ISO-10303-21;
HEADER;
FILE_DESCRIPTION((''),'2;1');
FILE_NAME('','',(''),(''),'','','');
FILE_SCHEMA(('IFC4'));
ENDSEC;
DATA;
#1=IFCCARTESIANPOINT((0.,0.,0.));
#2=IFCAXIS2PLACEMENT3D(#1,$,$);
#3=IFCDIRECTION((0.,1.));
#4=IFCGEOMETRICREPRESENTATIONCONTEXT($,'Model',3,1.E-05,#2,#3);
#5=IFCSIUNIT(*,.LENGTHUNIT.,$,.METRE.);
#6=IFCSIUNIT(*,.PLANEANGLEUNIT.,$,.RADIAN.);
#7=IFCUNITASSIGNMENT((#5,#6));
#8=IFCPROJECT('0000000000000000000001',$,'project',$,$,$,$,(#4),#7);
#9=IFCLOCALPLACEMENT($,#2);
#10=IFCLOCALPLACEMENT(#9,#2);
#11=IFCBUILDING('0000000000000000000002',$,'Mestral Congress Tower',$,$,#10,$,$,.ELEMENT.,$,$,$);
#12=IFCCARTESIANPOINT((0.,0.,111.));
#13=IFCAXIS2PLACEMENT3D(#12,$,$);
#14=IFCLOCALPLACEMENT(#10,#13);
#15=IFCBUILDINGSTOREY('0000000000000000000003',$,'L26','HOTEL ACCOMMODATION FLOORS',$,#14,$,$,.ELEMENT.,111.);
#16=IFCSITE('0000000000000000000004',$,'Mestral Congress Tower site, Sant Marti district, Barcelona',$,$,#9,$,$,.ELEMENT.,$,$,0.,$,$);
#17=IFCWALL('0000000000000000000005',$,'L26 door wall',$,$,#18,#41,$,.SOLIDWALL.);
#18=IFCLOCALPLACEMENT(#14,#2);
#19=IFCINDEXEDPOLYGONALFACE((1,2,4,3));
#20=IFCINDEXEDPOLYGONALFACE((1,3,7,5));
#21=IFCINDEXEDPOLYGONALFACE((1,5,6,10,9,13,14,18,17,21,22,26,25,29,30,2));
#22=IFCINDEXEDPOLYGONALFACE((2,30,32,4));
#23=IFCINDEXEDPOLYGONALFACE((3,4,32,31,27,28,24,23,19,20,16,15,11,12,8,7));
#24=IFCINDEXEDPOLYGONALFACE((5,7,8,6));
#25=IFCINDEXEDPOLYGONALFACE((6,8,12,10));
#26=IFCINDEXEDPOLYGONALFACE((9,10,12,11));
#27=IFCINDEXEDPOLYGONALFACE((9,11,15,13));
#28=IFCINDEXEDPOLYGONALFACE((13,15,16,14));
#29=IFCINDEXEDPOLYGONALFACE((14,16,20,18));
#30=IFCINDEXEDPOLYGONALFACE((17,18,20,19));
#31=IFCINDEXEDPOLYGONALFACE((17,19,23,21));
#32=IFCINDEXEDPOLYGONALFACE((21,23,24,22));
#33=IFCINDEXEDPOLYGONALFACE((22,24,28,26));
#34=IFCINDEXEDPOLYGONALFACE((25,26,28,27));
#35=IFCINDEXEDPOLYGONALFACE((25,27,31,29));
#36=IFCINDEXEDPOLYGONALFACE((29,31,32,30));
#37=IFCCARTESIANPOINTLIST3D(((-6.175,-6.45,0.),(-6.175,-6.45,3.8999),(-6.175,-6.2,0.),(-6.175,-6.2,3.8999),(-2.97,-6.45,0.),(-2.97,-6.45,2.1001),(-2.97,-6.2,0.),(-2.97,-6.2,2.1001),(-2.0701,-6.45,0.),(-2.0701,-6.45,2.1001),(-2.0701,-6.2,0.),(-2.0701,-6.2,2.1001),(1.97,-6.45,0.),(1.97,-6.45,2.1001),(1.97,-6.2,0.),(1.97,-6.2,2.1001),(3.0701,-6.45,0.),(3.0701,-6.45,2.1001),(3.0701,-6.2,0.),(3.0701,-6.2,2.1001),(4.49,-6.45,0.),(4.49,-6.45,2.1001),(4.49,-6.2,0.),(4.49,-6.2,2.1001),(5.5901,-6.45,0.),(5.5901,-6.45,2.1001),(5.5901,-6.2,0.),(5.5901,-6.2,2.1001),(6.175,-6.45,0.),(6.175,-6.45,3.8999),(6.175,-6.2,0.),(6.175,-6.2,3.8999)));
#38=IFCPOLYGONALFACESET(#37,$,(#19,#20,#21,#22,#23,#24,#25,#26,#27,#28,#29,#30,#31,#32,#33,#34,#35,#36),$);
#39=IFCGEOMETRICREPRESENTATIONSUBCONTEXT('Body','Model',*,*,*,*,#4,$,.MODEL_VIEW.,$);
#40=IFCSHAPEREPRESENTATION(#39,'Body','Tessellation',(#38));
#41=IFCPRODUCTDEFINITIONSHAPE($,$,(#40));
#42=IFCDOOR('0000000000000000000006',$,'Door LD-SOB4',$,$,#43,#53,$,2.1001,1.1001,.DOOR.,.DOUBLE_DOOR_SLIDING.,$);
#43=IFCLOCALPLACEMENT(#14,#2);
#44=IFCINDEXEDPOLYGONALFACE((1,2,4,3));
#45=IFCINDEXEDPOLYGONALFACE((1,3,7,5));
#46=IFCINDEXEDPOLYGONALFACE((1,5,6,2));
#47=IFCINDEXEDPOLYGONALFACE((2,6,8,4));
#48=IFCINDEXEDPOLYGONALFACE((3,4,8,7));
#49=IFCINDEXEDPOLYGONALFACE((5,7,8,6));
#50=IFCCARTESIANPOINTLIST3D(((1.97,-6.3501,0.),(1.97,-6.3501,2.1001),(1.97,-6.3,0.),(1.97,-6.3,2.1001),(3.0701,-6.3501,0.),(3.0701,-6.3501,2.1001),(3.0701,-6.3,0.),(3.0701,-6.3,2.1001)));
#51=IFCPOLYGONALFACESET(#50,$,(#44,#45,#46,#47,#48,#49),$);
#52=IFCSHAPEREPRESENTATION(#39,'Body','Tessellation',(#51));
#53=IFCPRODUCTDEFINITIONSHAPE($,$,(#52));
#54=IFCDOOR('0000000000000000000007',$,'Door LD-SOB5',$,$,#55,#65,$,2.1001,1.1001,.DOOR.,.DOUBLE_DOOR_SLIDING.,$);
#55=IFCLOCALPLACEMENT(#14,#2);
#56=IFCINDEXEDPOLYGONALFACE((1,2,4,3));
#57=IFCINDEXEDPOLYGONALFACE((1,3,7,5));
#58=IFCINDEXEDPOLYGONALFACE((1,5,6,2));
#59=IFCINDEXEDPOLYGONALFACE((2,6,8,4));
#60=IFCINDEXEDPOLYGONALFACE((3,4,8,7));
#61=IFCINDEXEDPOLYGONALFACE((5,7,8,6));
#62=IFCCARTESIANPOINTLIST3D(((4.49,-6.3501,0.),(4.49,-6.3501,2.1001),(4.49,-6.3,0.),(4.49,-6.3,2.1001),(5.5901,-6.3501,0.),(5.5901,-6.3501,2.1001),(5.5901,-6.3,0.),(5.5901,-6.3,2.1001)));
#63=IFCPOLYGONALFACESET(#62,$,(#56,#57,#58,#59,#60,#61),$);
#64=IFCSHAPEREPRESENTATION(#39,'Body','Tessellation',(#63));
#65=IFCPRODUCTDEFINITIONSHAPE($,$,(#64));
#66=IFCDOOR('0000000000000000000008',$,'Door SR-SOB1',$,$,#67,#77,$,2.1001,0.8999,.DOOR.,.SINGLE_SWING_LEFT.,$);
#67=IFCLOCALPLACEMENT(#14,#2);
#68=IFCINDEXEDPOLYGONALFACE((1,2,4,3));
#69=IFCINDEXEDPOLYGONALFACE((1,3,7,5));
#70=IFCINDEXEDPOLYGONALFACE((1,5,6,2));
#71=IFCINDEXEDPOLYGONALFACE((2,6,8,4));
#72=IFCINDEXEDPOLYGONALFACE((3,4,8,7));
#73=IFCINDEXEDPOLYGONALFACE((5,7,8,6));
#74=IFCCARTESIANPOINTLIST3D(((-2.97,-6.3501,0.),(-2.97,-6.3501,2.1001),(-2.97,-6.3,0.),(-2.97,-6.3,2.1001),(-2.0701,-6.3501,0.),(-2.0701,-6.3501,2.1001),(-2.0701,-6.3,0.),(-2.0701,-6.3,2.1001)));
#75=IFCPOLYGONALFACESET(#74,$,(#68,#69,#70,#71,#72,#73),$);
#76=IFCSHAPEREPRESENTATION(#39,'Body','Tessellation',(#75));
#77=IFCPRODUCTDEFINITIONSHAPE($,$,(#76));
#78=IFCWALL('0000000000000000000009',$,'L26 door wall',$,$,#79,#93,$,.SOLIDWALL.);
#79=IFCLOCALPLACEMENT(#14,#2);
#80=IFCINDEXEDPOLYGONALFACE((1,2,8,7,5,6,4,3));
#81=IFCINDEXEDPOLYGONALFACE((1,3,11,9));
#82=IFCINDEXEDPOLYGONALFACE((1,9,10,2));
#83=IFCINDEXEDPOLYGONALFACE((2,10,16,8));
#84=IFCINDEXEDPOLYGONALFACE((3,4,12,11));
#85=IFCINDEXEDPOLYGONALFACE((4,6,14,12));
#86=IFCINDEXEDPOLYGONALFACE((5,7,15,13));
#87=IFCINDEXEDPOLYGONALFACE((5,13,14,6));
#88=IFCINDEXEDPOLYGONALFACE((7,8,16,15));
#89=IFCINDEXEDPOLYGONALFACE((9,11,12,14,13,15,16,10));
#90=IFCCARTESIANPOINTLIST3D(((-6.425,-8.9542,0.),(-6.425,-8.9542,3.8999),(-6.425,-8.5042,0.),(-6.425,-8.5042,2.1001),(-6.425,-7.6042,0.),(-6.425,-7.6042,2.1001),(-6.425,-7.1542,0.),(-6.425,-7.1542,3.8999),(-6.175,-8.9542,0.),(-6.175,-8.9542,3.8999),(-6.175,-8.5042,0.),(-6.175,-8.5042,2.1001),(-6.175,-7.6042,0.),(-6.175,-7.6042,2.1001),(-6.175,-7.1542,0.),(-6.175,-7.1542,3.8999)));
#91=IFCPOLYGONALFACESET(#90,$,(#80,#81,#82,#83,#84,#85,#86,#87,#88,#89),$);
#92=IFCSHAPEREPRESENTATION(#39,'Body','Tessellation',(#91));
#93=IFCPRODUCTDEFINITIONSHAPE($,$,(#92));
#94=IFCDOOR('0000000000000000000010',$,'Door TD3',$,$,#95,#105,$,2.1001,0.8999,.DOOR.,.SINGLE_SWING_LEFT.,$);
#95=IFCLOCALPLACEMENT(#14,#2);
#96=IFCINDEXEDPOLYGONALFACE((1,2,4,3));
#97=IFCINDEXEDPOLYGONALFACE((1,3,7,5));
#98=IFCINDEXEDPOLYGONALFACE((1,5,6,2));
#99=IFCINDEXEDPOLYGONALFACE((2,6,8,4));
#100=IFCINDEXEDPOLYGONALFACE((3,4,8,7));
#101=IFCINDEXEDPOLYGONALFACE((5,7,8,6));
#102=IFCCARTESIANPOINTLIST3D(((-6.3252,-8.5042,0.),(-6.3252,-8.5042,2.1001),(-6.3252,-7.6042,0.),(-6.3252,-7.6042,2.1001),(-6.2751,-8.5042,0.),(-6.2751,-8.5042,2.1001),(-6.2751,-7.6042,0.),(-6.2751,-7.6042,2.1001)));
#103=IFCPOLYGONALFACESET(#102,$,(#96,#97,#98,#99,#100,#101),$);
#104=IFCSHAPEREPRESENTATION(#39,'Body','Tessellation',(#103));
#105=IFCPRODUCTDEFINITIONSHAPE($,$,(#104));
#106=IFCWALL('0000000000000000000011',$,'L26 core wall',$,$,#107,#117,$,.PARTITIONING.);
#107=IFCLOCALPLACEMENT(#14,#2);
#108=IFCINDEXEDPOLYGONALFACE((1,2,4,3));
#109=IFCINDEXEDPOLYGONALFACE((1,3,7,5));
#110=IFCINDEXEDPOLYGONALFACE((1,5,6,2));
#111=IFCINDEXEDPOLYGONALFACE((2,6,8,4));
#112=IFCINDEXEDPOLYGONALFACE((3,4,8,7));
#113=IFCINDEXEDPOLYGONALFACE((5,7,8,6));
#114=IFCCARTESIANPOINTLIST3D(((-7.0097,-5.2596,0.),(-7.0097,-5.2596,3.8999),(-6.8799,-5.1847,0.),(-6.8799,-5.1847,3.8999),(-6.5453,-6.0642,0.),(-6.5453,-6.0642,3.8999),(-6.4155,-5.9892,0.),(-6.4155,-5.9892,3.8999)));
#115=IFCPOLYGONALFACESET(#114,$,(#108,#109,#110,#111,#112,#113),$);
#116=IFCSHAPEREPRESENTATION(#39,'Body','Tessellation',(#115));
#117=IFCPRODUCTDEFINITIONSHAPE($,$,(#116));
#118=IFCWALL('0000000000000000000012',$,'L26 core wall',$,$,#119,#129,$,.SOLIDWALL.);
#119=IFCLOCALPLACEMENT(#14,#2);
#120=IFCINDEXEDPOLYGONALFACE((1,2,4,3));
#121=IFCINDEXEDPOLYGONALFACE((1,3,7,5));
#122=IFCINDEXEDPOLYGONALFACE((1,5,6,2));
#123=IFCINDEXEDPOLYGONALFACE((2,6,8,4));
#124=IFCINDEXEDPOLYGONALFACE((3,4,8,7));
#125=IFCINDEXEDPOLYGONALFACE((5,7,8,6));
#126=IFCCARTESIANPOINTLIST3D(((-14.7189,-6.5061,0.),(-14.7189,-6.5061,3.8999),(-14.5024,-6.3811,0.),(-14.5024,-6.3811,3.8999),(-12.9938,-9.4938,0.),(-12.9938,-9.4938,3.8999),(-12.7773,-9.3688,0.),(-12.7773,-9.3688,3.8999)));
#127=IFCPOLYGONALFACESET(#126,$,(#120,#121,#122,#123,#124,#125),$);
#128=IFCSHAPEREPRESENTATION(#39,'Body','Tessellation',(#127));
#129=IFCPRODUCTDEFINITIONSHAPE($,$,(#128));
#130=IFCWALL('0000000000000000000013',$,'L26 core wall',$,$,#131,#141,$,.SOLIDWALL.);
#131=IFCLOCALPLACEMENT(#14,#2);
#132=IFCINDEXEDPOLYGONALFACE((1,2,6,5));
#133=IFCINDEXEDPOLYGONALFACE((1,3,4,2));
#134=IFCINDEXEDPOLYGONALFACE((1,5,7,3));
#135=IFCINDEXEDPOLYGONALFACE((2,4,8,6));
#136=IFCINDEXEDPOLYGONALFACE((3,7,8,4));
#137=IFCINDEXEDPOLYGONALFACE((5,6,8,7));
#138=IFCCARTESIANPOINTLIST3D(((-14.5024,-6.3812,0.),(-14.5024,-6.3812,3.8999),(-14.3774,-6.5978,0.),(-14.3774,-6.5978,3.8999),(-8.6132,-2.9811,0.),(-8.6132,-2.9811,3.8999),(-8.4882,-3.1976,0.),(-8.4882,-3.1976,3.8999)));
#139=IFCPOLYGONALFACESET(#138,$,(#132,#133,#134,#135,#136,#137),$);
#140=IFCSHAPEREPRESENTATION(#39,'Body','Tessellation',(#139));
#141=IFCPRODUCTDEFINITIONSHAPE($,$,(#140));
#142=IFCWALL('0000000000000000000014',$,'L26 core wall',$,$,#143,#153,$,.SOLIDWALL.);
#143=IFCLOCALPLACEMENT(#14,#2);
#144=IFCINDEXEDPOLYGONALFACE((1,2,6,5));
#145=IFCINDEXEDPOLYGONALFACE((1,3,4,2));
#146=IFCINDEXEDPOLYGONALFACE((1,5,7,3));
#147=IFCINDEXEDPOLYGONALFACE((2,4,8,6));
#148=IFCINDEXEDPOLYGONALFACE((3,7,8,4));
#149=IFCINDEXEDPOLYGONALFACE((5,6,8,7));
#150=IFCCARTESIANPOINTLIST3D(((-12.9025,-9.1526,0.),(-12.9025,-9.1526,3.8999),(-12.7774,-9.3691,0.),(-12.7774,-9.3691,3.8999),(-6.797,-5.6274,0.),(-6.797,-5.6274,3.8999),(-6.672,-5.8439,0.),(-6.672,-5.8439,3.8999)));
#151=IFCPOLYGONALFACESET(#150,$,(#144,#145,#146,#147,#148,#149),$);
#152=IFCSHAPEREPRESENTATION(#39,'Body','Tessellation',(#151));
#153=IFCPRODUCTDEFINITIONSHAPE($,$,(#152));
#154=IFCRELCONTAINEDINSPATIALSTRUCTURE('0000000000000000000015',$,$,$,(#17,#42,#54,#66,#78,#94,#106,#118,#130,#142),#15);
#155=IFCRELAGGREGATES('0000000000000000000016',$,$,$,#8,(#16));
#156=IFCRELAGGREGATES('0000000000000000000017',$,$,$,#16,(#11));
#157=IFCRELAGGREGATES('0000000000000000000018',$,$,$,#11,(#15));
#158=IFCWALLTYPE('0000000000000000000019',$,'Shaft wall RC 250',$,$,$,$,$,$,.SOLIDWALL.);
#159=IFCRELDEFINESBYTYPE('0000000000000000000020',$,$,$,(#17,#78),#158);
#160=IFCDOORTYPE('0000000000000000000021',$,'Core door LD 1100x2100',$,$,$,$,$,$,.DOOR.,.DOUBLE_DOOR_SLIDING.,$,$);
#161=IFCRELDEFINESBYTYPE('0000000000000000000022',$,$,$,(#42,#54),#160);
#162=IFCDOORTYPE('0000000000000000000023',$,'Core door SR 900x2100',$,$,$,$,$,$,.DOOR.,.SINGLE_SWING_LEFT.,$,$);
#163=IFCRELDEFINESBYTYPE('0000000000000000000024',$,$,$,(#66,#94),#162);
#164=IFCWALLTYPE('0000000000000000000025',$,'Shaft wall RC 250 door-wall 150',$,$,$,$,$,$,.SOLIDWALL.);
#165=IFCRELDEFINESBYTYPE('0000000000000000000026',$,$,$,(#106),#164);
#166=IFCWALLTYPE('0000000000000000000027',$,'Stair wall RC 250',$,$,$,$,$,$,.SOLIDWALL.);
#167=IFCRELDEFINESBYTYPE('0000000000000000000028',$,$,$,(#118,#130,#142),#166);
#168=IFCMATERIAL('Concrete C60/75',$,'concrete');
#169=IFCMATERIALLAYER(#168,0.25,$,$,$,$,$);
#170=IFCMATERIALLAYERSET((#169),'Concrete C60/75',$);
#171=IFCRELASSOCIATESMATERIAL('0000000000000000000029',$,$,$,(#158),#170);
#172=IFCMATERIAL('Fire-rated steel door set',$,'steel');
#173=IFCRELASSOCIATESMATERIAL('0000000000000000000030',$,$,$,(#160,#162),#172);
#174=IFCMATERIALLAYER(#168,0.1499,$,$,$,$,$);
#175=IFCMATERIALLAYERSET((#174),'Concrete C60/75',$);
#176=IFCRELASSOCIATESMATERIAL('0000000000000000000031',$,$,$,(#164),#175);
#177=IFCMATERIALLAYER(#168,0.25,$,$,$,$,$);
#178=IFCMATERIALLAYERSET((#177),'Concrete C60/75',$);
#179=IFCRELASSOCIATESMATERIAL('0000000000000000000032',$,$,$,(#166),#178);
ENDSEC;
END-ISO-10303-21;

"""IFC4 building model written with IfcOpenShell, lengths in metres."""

from ifc_helpers import new_model, si_unit, direction, frame, frame_2d, origin, place, context, subcontext, project, spatial, rectangle, extrude, material, layer, layer_set, type_object, element, fill, save


model = new_model("IFC4")

# Units and contexts
model_context = context("Model", 3, precision=1e-05, world=origin(), true_north=direction((0.0, 1.0)))
body_context = subcontext(model_context, "Body", "Model", "MODEL_VIEW")
ifc_project = project(units=[si_unit("LENGTHUNIT", "METRE"), si_unit("PLANEANGLEUNIT", "RADIAN")], contexts=[model_context])

# Site, building, storey
site_placement = place(None, origin())
site = spatial("IfcSite", under=ifc_project, at=site_placement, Name="Mestral Congress Tower site, Sant Marti district, Barcelona", CompositionType="ELEMENT", RefElevation=0.0)
building_placement = place(site_placement, origin())
building = spatial("IfcBuilding", under=site, at=building_placement, Name="Mestral Congress Tower", CompositionType="ELEMENT")
storey_placement = place(building_placement, frame((0.0, 0.0, 111.0)))
storey = spatial("IfcBuildingStorey", under=building, at=storey_placement, Name="L26", Description="HOTEL ACCOMMODATION FLOORS", CompositionType="ELEMENT", Elevation=111.0)

# Shared definitions
ifc_material_1 = material(Name="Concrete C60/75", Category="concrete")

# Wall, openings, doors
ifc_layer_1 = layer(ifc_material_1, 0.25)
ifc_layer_set_1 = layer_set([ifc_layer_1], Name="Concrete C60/75")
wall_type_1 = type_object("IfcWallType", Name="Shaft wall RC 250", PredefinedType="SOLIDWALL", material=ifc_layer_set_1)
ifc_material_2 = material(Name="Fire-rated steel door set", Category="steel")
door_type_1 = type_object("IfcDoorType", Name="Core door LD 1100x2100", OperationType="DOUBLE_DOOR_SLIDING", PredefinedType="DOOR", material=ifc_material_2)
wall_1_placement = place(storey_placement, frame((-6.175, -6.325, 0.0), z_axis=(0.0, 0.0, 1.0), x_axis=(1.0, 0.0, 0.0)))
wall_1 = element("IfcWall", 1, at=wall_1_placement, inside=storey, type_object=wall_type_1, Name="L26 door wall", PredefinedType="SOLIDWALL", context=body_context, shape_type="SweptSolid", body=[
    extrude(rectangle(XDim=12.3501, YDim=0.25, at=frame_2d((6.175, 0.0))), origin(), (0.0, 0.0, 1.0), 3.8999),
])
opening_1_placement = place(wall_1_placement, frame((3.2051, 0.0, 0.0)))
opening_1 = element("IfcOpeningElement", 2, at=opening_1_placement, cuts=wall_1, PredefinedType="OPENING", context=body_context, shape_type="SweptSolid", body=[
    extrude(rectangle(XDim=0.8999, YDim=2.1001, at=frame_2d((0.45, 1.05))), frame((0.0, 0.135, 0.0), z_axis=(0.0, -1.0, 0.0), x_axis=(1.0, 0.0, 0.0)), (0.0, 0.0, 1.0), 0.27),
])
opening_2_placement = place(wall_1_placement, frame((8.145, 0.0, 0.0)))
opening_2 = element("IfcOpeningElement", 3, at=opening_2_placement, cuts=wall_1, PredefinedType="OPENING", context=body_context, shape_type="SweptSolid", body=[
    extrude(rectangle(XDim=1.1001, YDim=2.1001, at=frame_2d((0.55, 1.05))), frame((0.0, 0.135, 0.0), z_axis=(0.0, -1.0, 0.0), x_axis=(1.0, 0.0, 0.0)), (0.0, 0.0, 1.0), 0.27),
])
opening_3_placement = place(wall_1_placement, frame((10.665, 0.0, 0.0)))
opening_3 = element("IfcOpeningElement", 4, at=opening_3_placement, cuts=wall_1, PredefinedType="OPENING", context=body_context, shape_type="SweptSolid", body=[
    extrude(rectangle(XDim=1.1001, YDim=2.1001, at=frame_2d((0.55, 1.05))), frame((0.0, 0.135, 0.0), z_axis=(0.0, -1.0, 0.0), x_axis=(1.0, 0.0, 0.0)), (0.0, 0.0, 1.0), 0.27),
])
door_1_placement = place(opening_2_placement, origin())
door_1 = element("IfcDoor", 5, at=door_1_placement, inside=storey, type_object=door_type_1, Name="Door LD-SOB4", OperationType="DOUBLE_DOOR_SLIDING", OverallHeight=2.1001, OverallWidth=1.1001, PredefinedType="DOOR", context=body_context, shape_type="SweptSolid", body=[
    extrude(rectangle(XDim=1.1001, YDim=2.1001, at=frame_2d((0.55, 1.05))), frame((0.0, 0.0249, 0.0), z_axis=(0.0, -1.0, 0.0), x_axis=(1.0, 0.0, 0.0)), (0.0, 0.0, 1.0), 0.05),
])
fill(opening_2, door_1)
door_2_placement = place(opening_3_placement, origin())
door_2 = element("IfcDoor", 6, at=door_2_placement, inside=storey, type_object=door_type_1, Name="Door LD-SOB5", OperationType="DOUBLE_DOOR_SLIDING", OverallHeight=2.1001, OverallWidth=1.1001, PredefinedType="DOOR", context=body_context, shape_type="SweptSolid", body=[
    extrude(rectangle(XDim=1.1001, YDim=2.1001, at=frame_2d((0.55, 1.05))), frame((0.0, 0.0249, 0.0), z_axis=(0.0, -1.0, 0.0), x_axis=(1.0, 0.0, 0.0)), (0.0, 0.0, 1.0), 0.05),
])
fill(opening_3, door_2)
door_type_2 = type_object("IfcDoorType", Name="Core door SR 900x2100", OperationType="SINGLE_SWING_LEFT", PredefinedType="DOOR", material=ifc_material_2)
door_3_placement = place(opening_1_placement, origin())
door_3 = element("IfcDoor", 7, at=door_3_placement, inside=storey, type_object=door_type_2, Name="Door SR-SOB1", OperationType="SINGLE_SWING_LEFT", OverallHeight=2.1001, OverallWidth=0.8999, PredefinedType="DOOR", context=body_context, shape_type="SweptSolid", body=[
    extrude(rectangle(XDim=0.8999, YDim=2.1001, at=frame_2d((0.45, 1.05))), frame((0.0, 0.0249, 0.0), z_axis=(0.0, -1.0, 0.0), x_axis=(1.0, 0.0, 0.0)), (0.0, 0.0, 1.0), 0.05),
])
fill(opening_1, door_3)

# Wall, opening, door
wall_2_placement = place(storey_placement, frame((-6.3, -7.1543, 0.0), z_axis=(0.0, 0.0, 1.0), x_axis=(0.0, -1.0, 0.0)))
wall_2 = element("IfcWall", 8, at=wall_2_placement, inside=storey, type_object=wall_type_1, Name="L26 door wall", PredefinedType="SOLIDWALL", context=body_context, shape_type="SweptSolid", body=[
    extrude(rectangle(XDim=1.8, YDim=0.25, at=frame_2d((0.8999, 0.0))), origin(), (0.0, 0.0, 1.0), 3.8999),
])
opening_4_placement = place(wall_2_placement, frame((0.45, 0.0, 0.0)))
opening_4 = element("IfcOpeningElement", 9, at=opening_4_placement, cuts=wall_2, PredefinedType="OPENING", context=body_context, shape_type="SweptSolid", body=[
    extrude(rectangle(XDim=0.8999, YDim=2.1001, at=frame_2d((0.45, 1.05))), frame((0.0, 0.135, 0.0), z_axis=(0.0, -1.0, 0.0), x_axis=(1.0, 0.0, 0.0)), (0.0, 0.0, 1.0), 0.27),
])
door_4_placement = place(opening_4_placement, origin())
door_4 = element("IfcDoor", 10, at=door_4_placement, inside=storey, type_object=door_type_2, Name="Door TD3", OperationType="SINGLE_SWING_LEFT", OverallHeight=2.1001, OverallWidth=0.8999, PredefinedType="DOOR", context=body_context, shape_type="SweptSolid", body=[
    extrude(rectangle(XDim=0.8999, YDim=2.1001, at=frame_2d((0.45, 1.05))), frame((0.0, 0.0249, 0.0), z_axis=(0.0, -1.0, 0.0), x_axis=(1.0, 0.0, 0.0)), (0.0, 0.0, 1.0), 0.05),
])
fill(opening_4, door_4)

# Walls
ifc_layer_2 = layer(ifc_material_1, 0.1499)
ifc_layer_set_2 = layer_set([ifc_layer_2], Name="Concrete C60/75")
wall_type_2 = type_object("IfcWallType", Name="Shaft wall RC 250 door-wall 150", PredefinedType="SOLIDWALL", material=ifc_layer_set_2)
wall_3_placement = place(storey_placement, frame((-6.4805, -6.0266, 0.0), z_axis=(0.0, 0.0, 1.0), x_axis=(-0.499927, 0.866067, 0.0)))
element("IfcWall", 11, at=wall_3_placement, inside=storey, type_object=wall_type_2, Name="L26 core wall", PredefinedType="PARTITIONING", context=body_context, shape_type="SweptSolid", body=[
    extrude(rectangle(XDim=0.929, YDim=0.1499, at=frame_2d((0.4644, 0.0))), origin(), (0.0, 0.0, 1.0), 3.8999),
])
ifc_layer_3 = layer(ifc_material_1, 0.25)
ifc_layer_set_3 = layer_set([ifc_layer_3], Name="Concrete C60/75")
wall_type_3 = type_object("IfcWallType", Name="Stair wall RC 250", PredefinedType="SOLIDWALL", material=ifc_layer_set_3)
wall_4_placement = place(storey_placement, frame((-12.8855, -9.4314, 0.0), z_axis=(0.0, 0.0, 1.0), x_axis=(-0.500021, 0.866014, 0.0)))
element("IfcWall", 12, at=wall_4_placement, inside=storey, type_object=wall_type_3, Name="L26 core wall", PredefinedType="SOLIDWALL", context=body_context, shape_type="SweptSolid", body=[
    extrude(rectangle(XDim=3.45, YDim=0.25, at=frame_2d((1.7251, 0.0))), origin(), (0.0, 0.0, 1.0), 3.8999),
])
wall_5_placement = place(storey_placement, frame((-14.4399, -6.4895, 0.0), z_axis=(0.0, 0.0, 1.0), x_axis=(0.866023, 0.500004, 0.0)))
element("IfcWall", 13, at=wall_5_placement, inside=storey, type_object=wall_type_3, Name="L26 core wall", PredefinedType="SOLIDWALL", context=body_context, shape_type="SweptSolid", body=[
    extrude(rectangle(XDim=6.8003, YDim=0.25, at=frame_2d((3.4001, 0.0))), origin(), (0.0, 0.0, 1.0), 3.8999),
])
wall_6_placement = place(storey_placement, frame((-12.8398, -9.2607, 0.0), z_axis=(0.0, 0.0, 1.0), x_axis=(0.866016, 0.500016, 0.0)))
element("IfcWall", 14, at=wall_6_placement, inside=storey, type_object=wall_type_3, Name="L26 core wall", PredefinedType="SOLIDWALL", context=body_context, shape_type="SweptSolid", body=[
    extrude(rectangle(XDim=7.05, YDim=0.25, at=frame_2d((3.5249, 0.0))), origin(), (0.0, 0.0, 1.0), 3.8999),
])

save(model, "model.ifc")
